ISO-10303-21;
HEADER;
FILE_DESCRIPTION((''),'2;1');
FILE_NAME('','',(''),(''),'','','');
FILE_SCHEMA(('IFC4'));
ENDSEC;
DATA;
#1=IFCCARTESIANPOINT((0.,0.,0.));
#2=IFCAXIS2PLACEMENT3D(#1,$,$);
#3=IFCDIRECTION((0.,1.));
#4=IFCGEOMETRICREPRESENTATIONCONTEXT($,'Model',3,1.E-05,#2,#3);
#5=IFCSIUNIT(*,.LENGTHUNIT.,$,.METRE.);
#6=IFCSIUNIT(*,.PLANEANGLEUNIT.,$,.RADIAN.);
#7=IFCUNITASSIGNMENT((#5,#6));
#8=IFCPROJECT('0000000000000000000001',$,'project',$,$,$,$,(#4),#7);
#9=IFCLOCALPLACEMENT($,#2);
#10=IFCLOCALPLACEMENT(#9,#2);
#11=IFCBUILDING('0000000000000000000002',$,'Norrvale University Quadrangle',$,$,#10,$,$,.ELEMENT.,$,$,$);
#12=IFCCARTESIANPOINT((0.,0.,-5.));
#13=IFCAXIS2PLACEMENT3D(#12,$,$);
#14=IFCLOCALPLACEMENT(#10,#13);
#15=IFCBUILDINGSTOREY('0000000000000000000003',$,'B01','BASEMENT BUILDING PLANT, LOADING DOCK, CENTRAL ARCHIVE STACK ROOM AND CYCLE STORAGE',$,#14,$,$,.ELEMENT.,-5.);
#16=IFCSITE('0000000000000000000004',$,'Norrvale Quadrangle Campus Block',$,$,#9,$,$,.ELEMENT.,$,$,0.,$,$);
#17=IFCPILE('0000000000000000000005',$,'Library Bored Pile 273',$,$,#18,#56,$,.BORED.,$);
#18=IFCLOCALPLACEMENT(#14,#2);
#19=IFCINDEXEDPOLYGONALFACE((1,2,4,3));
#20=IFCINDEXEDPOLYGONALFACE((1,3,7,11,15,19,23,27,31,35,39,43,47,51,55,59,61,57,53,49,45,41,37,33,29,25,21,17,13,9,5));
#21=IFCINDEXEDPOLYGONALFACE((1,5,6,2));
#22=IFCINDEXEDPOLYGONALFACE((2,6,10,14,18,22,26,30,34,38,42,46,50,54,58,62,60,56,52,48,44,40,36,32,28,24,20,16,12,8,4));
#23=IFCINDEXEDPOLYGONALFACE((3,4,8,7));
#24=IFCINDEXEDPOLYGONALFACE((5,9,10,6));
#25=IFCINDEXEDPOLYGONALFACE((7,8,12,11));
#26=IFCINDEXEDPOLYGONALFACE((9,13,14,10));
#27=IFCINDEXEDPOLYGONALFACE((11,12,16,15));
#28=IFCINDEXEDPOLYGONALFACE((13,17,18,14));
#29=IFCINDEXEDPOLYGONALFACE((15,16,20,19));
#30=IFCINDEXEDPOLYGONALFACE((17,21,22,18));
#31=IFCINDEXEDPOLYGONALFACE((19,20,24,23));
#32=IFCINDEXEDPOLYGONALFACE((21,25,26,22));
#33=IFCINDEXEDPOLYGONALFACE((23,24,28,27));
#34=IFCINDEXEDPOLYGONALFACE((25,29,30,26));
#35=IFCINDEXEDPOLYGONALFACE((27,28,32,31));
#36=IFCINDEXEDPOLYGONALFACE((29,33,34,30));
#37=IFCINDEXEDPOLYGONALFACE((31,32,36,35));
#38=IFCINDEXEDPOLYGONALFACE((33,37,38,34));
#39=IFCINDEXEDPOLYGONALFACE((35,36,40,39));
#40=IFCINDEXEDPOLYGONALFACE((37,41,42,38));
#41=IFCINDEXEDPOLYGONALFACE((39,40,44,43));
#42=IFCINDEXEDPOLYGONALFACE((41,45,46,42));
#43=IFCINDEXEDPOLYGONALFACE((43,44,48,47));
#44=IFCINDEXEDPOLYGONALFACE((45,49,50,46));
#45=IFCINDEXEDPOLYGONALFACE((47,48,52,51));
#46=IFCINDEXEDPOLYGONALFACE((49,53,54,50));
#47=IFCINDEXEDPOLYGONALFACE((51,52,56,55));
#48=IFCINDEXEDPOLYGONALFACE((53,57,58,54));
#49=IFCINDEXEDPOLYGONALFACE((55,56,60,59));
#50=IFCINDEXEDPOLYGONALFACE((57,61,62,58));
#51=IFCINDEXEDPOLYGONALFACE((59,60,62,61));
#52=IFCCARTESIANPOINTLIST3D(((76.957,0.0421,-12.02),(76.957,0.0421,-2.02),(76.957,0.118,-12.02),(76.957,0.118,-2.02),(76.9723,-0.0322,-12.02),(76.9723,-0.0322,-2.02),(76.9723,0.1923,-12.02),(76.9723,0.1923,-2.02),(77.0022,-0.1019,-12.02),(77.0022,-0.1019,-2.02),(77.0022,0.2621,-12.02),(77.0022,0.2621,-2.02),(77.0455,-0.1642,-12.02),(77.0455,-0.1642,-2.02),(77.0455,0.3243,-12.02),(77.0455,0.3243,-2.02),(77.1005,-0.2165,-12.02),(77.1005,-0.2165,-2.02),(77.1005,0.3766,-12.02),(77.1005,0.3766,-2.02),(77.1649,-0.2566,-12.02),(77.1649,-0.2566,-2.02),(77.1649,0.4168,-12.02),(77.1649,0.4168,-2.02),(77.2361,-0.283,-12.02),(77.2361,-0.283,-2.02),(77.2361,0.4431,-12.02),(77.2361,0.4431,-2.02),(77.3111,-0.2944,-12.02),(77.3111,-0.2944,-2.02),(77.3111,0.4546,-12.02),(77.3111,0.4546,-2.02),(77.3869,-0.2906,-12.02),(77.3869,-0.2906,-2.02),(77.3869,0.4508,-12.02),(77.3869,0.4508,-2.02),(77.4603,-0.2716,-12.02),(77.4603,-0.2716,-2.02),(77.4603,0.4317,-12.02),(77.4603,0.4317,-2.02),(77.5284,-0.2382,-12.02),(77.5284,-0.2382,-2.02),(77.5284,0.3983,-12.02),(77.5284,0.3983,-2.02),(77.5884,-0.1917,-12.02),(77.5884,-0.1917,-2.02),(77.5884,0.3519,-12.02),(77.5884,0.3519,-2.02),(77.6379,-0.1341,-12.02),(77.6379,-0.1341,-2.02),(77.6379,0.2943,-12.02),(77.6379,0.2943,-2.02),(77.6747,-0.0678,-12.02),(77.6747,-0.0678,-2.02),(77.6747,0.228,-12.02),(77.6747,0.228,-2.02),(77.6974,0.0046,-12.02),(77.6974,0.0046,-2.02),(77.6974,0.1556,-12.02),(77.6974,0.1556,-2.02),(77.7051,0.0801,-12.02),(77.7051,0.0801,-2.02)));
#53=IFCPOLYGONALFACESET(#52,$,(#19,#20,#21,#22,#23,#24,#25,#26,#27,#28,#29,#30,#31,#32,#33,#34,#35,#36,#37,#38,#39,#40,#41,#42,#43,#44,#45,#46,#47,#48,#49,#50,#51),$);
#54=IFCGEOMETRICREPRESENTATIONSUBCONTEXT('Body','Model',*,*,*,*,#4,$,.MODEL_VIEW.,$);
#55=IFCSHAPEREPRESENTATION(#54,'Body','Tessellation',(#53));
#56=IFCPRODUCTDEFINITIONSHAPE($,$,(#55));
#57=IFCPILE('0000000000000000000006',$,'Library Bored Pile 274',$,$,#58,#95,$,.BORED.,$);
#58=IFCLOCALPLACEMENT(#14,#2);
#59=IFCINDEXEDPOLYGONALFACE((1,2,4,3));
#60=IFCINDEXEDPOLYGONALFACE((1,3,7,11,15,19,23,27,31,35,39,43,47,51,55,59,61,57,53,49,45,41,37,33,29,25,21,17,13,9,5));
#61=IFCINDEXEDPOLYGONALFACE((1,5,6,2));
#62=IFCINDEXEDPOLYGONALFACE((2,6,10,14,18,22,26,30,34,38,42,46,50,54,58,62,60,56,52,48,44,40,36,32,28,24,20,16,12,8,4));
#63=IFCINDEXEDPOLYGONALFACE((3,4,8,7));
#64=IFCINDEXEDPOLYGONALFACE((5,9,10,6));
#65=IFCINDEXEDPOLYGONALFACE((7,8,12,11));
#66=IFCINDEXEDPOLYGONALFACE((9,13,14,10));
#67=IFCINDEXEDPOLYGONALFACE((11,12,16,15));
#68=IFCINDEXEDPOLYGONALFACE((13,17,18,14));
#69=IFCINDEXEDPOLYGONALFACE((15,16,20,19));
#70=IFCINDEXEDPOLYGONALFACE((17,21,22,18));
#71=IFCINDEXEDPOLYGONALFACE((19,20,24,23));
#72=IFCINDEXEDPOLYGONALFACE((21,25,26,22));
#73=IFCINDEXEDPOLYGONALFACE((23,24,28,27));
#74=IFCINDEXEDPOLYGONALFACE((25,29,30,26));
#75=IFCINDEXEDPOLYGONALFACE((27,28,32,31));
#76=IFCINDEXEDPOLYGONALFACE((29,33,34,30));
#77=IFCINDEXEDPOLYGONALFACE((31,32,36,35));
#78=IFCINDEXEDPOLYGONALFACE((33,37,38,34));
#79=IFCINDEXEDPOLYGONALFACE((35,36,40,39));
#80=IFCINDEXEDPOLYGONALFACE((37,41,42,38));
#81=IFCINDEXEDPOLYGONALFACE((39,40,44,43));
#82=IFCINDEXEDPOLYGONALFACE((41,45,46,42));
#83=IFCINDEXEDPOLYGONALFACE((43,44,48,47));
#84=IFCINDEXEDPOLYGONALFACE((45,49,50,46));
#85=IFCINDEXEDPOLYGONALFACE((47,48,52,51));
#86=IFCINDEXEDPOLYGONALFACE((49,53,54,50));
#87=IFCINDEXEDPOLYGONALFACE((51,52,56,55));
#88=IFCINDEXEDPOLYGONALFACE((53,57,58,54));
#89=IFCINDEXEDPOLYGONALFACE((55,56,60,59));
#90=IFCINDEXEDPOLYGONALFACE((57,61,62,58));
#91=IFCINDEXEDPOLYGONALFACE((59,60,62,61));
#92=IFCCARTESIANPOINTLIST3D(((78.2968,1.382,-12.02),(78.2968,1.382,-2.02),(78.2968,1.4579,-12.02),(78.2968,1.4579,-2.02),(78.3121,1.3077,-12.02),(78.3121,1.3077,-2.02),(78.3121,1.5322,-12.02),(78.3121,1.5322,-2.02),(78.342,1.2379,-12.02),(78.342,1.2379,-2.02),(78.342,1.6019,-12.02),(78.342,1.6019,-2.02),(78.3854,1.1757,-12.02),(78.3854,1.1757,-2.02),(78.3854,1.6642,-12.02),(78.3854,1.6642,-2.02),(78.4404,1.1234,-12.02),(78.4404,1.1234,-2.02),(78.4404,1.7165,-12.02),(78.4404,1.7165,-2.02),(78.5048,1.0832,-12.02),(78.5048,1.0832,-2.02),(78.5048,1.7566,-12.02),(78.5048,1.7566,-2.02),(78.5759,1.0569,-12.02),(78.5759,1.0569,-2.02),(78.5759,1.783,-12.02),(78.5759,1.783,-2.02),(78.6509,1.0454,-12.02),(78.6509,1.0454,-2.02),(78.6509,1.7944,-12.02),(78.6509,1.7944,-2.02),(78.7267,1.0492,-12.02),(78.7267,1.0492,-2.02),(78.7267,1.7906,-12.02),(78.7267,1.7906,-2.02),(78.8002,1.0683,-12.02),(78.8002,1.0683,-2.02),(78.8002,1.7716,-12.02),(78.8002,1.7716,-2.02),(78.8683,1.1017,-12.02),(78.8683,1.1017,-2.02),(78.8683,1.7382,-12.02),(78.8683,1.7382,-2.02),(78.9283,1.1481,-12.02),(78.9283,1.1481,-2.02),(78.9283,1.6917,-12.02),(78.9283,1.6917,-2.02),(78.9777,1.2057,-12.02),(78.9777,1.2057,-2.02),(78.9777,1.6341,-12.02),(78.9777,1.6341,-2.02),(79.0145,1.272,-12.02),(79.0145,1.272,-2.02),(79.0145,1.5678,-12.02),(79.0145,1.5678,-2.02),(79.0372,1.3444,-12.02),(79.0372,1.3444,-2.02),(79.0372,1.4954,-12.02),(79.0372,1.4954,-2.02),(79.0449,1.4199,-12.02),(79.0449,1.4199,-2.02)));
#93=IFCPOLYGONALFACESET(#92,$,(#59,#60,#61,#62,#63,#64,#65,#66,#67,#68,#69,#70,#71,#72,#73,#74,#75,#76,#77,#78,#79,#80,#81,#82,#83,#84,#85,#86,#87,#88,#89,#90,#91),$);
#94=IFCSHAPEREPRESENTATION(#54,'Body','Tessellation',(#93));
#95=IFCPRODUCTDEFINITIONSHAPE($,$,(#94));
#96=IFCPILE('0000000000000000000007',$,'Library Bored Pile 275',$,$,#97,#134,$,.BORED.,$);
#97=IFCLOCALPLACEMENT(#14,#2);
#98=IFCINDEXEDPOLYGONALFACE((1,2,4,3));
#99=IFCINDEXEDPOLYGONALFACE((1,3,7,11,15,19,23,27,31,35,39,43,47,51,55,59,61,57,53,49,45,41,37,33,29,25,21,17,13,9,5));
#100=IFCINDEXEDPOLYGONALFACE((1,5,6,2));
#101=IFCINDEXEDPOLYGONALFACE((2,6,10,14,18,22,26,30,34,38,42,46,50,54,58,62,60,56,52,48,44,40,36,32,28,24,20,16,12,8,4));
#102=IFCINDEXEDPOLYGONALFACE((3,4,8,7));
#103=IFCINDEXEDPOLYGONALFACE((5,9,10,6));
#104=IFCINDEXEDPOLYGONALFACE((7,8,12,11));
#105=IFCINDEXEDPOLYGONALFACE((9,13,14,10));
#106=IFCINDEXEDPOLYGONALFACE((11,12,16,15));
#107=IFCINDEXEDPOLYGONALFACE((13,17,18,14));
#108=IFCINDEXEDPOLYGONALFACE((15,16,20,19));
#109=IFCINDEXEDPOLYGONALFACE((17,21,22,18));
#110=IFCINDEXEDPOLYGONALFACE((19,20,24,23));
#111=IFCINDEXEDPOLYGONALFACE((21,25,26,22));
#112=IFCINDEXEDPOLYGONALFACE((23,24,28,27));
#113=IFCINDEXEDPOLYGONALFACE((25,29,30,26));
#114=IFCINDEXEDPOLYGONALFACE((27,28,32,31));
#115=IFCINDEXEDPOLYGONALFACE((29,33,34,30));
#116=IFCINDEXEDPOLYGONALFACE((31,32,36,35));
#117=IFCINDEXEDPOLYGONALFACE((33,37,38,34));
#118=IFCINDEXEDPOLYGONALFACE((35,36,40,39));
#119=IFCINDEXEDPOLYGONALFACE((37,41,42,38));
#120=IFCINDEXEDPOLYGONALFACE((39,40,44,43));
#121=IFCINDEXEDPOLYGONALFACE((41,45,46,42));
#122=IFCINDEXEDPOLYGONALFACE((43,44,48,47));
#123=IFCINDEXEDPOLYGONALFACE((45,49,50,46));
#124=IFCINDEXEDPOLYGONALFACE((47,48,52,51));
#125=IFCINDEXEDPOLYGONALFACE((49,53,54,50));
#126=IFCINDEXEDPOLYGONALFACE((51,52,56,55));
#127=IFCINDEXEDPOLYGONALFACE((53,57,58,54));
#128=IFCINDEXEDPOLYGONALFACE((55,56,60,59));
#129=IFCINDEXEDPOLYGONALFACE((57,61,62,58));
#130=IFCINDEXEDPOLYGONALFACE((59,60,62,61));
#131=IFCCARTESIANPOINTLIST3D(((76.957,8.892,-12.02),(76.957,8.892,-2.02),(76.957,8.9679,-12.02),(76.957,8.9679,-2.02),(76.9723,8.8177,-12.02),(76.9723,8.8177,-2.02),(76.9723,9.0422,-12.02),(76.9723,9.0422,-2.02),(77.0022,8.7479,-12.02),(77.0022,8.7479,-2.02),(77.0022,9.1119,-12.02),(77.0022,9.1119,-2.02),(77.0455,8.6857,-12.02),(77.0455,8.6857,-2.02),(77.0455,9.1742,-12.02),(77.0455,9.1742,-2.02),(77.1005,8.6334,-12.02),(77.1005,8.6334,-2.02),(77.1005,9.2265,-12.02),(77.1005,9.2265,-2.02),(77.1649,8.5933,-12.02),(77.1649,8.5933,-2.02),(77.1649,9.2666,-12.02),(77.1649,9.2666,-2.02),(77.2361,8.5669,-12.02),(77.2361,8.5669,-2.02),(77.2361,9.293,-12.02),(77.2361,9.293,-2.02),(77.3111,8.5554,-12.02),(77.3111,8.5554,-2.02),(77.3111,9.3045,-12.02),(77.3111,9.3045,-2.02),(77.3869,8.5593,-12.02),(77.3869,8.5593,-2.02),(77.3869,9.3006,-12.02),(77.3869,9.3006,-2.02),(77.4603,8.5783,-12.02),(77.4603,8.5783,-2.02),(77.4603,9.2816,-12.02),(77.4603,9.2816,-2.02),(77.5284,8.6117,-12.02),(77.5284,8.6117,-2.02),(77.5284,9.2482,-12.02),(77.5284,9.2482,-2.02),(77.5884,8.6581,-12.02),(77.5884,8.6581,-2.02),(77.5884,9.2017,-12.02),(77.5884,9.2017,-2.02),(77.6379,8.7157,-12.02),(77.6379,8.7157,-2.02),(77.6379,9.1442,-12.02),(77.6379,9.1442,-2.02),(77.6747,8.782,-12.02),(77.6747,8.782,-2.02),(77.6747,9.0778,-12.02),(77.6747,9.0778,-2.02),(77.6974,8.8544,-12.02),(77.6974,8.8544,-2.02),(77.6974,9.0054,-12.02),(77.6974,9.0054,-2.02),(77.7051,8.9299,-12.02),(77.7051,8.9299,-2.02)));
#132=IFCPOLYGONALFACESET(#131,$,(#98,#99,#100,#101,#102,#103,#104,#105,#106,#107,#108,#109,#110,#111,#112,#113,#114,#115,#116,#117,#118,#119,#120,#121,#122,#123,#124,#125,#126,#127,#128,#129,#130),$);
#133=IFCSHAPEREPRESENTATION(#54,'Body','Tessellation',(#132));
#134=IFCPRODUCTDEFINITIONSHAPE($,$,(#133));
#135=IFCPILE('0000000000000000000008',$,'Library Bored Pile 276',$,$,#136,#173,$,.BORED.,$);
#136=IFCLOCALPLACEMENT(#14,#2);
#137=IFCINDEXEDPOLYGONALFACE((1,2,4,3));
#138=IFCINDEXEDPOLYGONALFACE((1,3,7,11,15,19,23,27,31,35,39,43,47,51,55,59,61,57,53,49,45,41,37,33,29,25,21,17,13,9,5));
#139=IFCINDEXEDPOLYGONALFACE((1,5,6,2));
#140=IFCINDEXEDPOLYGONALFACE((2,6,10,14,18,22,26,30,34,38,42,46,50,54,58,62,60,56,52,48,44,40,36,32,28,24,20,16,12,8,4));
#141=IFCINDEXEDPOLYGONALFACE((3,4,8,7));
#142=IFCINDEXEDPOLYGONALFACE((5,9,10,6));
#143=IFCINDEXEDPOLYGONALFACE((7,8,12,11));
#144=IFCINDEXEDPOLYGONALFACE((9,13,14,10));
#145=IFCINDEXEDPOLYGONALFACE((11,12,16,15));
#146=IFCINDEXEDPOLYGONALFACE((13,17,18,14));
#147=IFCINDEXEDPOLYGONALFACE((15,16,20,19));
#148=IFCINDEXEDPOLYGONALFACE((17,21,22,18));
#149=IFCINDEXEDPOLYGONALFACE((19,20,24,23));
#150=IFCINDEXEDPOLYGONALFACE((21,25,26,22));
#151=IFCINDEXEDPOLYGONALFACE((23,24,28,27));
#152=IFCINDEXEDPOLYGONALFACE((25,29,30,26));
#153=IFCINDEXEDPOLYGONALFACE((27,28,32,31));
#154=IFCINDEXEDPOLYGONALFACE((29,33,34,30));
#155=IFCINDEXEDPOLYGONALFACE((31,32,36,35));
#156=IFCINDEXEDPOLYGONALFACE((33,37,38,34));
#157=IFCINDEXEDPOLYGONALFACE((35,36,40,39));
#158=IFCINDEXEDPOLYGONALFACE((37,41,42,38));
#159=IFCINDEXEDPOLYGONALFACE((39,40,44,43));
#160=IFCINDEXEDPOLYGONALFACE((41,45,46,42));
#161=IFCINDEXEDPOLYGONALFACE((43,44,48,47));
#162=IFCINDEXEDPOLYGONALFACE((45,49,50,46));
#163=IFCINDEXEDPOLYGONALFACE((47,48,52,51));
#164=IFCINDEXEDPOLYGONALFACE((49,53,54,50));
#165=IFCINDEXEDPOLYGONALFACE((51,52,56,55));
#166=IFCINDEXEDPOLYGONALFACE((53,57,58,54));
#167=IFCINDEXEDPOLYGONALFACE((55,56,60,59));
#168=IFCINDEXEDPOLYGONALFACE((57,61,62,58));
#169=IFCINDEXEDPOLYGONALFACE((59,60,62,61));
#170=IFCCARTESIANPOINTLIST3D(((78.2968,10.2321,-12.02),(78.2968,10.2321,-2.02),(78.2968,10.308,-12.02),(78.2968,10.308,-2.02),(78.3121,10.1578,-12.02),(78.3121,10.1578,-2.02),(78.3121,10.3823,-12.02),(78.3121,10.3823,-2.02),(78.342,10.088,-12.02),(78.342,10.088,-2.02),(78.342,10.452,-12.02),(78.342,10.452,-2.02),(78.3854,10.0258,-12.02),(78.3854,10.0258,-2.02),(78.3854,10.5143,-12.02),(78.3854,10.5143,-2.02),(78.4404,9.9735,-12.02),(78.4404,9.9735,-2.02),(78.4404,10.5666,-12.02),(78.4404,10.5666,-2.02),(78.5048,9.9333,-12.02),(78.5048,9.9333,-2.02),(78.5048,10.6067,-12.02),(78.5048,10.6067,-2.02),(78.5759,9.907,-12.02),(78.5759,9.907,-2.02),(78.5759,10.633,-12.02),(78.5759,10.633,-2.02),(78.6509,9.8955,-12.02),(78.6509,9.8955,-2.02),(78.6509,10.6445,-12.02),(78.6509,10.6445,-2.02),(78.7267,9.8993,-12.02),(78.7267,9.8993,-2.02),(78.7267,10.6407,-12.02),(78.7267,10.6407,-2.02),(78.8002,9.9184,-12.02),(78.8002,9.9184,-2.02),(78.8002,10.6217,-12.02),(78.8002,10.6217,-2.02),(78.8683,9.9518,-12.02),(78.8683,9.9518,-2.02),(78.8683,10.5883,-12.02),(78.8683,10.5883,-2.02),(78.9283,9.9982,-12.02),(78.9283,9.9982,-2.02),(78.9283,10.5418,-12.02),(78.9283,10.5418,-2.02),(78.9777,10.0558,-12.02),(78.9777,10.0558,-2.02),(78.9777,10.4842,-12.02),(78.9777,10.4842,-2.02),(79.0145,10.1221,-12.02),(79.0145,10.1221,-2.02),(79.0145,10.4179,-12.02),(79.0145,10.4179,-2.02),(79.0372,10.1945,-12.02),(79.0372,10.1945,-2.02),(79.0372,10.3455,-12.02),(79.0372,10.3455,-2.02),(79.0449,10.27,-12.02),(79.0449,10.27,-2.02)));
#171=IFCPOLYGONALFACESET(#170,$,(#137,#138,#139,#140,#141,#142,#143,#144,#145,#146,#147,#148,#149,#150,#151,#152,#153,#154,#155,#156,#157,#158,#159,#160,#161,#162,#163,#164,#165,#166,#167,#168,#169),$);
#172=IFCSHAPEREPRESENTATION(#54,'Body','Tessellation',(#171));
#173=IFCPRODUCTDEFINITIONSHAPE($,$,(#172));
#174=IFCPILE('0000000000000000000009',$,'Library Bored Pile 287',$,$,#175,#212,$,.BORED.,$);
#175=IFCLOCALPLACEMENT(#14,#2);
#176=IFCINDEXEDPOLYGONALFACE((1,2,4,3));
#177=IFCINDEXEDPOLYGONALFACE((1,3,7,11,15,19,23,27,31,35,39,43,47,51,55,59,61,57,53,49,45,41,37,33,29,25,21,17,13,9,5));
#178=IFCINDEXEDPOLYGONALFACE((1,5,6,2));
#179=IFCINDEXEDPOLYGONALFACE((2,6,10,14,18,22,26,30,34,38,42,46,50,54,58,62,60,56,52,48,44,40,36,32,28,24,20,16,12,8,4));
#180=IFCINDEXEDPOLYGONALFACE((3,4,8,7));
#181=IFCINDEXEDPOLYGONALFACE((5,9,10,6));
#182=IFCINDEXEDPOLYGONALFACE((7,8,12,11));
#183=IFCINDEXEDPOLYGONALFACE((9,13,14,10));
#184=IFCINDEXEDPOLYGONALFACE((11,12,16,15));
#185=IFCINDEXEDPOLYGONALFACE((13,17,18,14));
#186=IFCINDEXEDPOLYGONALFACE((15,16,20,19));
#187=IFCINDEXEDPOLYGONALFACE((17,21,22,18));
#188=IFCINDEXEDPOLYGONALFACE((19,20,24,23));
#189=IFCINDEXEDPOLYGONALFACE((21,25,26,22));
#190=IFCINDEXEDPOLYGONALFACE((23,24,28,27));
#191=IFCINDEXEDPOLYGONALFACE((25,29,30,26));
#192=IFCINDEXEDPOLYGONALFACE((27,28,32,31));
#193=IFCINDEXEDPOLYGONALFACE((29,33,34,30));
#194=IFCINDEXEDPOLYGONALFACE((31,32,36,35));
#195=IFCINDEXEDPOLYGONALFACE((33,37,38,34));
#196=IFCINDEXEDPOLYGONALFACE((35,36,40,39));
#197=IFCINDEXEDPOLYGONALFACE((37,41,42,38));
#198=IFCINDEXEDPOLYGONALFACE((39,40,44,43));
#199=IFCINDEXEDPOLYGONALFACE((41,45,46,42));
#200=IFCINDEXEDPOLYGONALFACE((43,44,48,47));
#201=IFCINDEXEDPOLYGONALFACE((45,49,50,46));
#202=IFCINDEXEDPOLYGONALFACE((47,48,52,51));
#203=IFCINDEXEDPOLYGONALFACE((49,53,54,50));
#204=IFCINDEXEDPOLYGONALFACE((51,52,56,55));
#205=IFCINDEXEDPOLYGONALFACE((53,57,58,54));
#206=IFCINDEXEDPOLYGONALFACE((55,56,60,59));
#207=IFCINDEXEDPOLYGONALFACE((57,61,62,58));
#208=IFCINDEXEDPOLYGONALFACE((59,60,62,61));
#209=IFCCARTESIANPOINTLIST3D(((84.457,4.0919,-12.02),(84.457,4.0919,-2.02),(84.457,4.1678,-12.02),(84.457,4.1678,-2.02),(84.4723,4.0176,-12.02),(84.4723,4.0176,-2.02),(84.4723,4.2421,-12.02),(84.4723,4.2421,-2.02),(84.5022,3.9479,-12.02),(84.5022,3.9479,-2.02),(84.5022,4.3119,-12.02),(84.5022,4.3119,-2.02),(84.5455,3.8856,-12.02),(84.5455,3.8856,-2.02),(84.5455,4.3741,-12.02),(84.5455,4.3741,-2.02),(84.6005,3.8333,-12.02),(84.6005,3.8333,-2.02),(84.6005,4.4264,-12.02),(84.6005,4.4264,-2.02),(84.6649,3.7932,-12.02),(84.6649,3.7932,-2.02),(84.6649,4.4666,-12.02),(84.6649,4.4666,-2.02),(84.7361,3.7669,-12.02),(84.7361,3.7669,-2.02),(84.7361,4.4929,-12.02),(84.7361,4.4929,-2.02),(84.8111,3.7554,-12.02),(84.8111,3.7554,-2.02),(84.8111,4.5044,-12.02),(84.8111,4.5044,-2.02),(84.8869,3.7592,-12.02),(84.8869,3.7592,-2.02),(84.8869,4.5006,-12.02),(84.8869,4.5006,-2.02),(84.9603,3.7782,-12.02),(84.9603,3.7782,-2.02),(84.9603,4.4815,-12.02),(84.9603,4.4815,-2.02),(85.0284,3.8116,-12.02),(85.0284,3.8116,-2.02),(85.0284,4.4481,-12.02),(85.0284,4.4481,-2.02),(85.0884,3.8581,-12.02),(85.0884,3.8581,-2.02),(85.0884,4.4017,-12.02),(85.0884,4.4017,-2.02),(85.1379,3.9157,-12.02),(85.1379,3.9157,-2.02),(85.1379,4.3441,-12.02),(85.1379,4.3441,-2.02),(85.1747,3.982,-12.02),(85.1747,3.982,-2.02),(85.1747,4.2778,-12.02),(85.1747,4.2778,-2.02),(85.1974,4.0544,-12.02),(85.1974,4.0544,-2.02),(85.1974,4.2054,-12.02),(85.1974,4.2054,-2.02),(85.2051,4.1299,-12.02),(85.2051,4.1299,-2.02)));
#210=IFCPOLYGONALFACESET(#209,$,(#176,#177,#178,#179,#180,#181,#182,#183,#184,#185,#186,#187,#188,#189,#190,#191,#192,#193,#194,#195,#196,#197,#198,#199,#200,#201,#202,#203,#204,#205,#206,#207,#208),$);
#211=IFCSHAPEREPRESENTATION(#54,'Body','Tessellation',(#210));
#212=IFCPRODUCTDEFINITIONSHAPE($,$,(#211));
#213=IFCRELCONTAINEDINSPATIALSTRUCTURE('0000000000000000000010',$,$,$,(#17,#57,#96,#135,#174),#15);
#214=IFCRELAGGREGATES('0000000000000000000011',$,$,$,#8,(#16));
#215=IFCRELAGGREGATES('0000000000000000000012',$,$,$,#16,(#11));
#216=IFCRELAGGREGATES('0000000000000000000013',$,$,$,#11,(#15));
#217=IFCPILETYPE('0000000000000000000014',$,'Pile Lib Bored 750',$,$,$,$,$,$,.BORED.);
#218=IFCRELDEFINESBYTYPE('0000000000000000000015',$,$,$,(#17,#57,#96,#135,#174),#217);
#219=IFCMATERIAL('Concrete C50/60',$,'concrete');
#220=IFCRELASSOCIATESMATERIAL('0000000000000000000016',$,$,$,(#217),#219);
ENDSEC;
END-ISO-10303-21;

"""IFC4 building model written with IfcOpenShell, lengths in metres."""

from ifc_helpers import new_model, si_unit, direction, frame, origin, origin_2d, place, context, subcontext, project, spatial, circle, extrude, material, material_profile, profile_set, type_object, element, save


model = new_model("IFC4")

# Units and contexts
model_context = context("Model", 3, precision=1e-05, world=origin(), true_north=direction((0.0, 1.0)))
body_context = subcontext(model_context, "Body", "Model", "MODEL_VIEW")
ifc_project = project(units=[si_unit("LENGTHUNIT", "METRE"), si_unit("PLANEANGLEUNIT", "RADIAN")], contexts=[model_context])

# Site, building, storey
site_placement = place(None, origin())
site = spatial("IfcSite", under=ifc_project, at=site_placement, Name="Norrvale Quadrangle Campus Block", CompositionType="ELEMENT", RefElevation=0.0)
building_placement = place(site_placement, origin())
building = spatial("IfcBuilding", under=site, at=building_placement, Name="Norrvale University Quadrangle", CompositionType="ELEMENT")
storey_placement = place(building_placement, frame((0.0, 0.0, -5.0)))
storey = spatial("IfcBuildingStorey", under=building, at=storey_placement, Name="B01", Description="BASEMENT BUILDING PLANT, LOADING DOCK, CENTRAL ARCHIVE STACK ROOM AND CYCLE STORAGE", CompositionType="ELEMENT", Elevation=-5.0)

# Shared definitions
ifc_material_1 = material(Name="Concrete C50/60", Category="concrete")

# Piles
ifc_material_profile_1 = material_profile(ifc_material_1, circle(Radius=0.375, at=origin_2d()), Name="Concrete C50/60")
ifc_profile_set_1 = profile_set([ifc_material_profile_1], Name="Concrete C50/60")
pile_type_1 = type_object("IfcPileType", Name="Pile Lib Bored 750", PredefinedType="BORED", material=ifc_profile_set_1)
for number, where, z_axis, x_axis, name in (
    (1, (77.3301, 0.0801, -2.02), (0.0, 0.0, -1.0), (1.0, 0.0, 0.0), "Library Bored Pile 273"),
    (2, (78.6699, 1.4199, -2.02), (0.0, 0.0, -1.0), (1.0, 0.0, 0.0), "Library Bored Pile 274"),
    (3, (77.3301, 8.9299, -2.02), (0.0, 0.0, -1.0), (1.0, 0.0, 0.0), "Library Bored Pile 275"),
    (4, (78.6699, 10.27, -2.02), (0.0, 0.0, -1.0), (1.0, 0.0, 0.0), "Library Bored Pile 276"),
    (5, (84.8301, 4.1299, -2.02), (0.0, 0.0, -1.0), (1.0, 0.0, 0.0), "Library Bored Pile 287"),
):
    element("IfcPile", number, at=place(storey_placement, frame(where, z_axis=z_axis, x_axis=x_axis)), inside=storey, type_object=pile_type_1, Name=name, PredefinedType="BORED", context=body_context, shape_type="SweptSolid", body=[
        extrude(circle(Radius=0.375, at=origin_2d()), origin(), (0.0, 0.0, 1.0), 10.0),
    ])

save(model, "model.ifc")
